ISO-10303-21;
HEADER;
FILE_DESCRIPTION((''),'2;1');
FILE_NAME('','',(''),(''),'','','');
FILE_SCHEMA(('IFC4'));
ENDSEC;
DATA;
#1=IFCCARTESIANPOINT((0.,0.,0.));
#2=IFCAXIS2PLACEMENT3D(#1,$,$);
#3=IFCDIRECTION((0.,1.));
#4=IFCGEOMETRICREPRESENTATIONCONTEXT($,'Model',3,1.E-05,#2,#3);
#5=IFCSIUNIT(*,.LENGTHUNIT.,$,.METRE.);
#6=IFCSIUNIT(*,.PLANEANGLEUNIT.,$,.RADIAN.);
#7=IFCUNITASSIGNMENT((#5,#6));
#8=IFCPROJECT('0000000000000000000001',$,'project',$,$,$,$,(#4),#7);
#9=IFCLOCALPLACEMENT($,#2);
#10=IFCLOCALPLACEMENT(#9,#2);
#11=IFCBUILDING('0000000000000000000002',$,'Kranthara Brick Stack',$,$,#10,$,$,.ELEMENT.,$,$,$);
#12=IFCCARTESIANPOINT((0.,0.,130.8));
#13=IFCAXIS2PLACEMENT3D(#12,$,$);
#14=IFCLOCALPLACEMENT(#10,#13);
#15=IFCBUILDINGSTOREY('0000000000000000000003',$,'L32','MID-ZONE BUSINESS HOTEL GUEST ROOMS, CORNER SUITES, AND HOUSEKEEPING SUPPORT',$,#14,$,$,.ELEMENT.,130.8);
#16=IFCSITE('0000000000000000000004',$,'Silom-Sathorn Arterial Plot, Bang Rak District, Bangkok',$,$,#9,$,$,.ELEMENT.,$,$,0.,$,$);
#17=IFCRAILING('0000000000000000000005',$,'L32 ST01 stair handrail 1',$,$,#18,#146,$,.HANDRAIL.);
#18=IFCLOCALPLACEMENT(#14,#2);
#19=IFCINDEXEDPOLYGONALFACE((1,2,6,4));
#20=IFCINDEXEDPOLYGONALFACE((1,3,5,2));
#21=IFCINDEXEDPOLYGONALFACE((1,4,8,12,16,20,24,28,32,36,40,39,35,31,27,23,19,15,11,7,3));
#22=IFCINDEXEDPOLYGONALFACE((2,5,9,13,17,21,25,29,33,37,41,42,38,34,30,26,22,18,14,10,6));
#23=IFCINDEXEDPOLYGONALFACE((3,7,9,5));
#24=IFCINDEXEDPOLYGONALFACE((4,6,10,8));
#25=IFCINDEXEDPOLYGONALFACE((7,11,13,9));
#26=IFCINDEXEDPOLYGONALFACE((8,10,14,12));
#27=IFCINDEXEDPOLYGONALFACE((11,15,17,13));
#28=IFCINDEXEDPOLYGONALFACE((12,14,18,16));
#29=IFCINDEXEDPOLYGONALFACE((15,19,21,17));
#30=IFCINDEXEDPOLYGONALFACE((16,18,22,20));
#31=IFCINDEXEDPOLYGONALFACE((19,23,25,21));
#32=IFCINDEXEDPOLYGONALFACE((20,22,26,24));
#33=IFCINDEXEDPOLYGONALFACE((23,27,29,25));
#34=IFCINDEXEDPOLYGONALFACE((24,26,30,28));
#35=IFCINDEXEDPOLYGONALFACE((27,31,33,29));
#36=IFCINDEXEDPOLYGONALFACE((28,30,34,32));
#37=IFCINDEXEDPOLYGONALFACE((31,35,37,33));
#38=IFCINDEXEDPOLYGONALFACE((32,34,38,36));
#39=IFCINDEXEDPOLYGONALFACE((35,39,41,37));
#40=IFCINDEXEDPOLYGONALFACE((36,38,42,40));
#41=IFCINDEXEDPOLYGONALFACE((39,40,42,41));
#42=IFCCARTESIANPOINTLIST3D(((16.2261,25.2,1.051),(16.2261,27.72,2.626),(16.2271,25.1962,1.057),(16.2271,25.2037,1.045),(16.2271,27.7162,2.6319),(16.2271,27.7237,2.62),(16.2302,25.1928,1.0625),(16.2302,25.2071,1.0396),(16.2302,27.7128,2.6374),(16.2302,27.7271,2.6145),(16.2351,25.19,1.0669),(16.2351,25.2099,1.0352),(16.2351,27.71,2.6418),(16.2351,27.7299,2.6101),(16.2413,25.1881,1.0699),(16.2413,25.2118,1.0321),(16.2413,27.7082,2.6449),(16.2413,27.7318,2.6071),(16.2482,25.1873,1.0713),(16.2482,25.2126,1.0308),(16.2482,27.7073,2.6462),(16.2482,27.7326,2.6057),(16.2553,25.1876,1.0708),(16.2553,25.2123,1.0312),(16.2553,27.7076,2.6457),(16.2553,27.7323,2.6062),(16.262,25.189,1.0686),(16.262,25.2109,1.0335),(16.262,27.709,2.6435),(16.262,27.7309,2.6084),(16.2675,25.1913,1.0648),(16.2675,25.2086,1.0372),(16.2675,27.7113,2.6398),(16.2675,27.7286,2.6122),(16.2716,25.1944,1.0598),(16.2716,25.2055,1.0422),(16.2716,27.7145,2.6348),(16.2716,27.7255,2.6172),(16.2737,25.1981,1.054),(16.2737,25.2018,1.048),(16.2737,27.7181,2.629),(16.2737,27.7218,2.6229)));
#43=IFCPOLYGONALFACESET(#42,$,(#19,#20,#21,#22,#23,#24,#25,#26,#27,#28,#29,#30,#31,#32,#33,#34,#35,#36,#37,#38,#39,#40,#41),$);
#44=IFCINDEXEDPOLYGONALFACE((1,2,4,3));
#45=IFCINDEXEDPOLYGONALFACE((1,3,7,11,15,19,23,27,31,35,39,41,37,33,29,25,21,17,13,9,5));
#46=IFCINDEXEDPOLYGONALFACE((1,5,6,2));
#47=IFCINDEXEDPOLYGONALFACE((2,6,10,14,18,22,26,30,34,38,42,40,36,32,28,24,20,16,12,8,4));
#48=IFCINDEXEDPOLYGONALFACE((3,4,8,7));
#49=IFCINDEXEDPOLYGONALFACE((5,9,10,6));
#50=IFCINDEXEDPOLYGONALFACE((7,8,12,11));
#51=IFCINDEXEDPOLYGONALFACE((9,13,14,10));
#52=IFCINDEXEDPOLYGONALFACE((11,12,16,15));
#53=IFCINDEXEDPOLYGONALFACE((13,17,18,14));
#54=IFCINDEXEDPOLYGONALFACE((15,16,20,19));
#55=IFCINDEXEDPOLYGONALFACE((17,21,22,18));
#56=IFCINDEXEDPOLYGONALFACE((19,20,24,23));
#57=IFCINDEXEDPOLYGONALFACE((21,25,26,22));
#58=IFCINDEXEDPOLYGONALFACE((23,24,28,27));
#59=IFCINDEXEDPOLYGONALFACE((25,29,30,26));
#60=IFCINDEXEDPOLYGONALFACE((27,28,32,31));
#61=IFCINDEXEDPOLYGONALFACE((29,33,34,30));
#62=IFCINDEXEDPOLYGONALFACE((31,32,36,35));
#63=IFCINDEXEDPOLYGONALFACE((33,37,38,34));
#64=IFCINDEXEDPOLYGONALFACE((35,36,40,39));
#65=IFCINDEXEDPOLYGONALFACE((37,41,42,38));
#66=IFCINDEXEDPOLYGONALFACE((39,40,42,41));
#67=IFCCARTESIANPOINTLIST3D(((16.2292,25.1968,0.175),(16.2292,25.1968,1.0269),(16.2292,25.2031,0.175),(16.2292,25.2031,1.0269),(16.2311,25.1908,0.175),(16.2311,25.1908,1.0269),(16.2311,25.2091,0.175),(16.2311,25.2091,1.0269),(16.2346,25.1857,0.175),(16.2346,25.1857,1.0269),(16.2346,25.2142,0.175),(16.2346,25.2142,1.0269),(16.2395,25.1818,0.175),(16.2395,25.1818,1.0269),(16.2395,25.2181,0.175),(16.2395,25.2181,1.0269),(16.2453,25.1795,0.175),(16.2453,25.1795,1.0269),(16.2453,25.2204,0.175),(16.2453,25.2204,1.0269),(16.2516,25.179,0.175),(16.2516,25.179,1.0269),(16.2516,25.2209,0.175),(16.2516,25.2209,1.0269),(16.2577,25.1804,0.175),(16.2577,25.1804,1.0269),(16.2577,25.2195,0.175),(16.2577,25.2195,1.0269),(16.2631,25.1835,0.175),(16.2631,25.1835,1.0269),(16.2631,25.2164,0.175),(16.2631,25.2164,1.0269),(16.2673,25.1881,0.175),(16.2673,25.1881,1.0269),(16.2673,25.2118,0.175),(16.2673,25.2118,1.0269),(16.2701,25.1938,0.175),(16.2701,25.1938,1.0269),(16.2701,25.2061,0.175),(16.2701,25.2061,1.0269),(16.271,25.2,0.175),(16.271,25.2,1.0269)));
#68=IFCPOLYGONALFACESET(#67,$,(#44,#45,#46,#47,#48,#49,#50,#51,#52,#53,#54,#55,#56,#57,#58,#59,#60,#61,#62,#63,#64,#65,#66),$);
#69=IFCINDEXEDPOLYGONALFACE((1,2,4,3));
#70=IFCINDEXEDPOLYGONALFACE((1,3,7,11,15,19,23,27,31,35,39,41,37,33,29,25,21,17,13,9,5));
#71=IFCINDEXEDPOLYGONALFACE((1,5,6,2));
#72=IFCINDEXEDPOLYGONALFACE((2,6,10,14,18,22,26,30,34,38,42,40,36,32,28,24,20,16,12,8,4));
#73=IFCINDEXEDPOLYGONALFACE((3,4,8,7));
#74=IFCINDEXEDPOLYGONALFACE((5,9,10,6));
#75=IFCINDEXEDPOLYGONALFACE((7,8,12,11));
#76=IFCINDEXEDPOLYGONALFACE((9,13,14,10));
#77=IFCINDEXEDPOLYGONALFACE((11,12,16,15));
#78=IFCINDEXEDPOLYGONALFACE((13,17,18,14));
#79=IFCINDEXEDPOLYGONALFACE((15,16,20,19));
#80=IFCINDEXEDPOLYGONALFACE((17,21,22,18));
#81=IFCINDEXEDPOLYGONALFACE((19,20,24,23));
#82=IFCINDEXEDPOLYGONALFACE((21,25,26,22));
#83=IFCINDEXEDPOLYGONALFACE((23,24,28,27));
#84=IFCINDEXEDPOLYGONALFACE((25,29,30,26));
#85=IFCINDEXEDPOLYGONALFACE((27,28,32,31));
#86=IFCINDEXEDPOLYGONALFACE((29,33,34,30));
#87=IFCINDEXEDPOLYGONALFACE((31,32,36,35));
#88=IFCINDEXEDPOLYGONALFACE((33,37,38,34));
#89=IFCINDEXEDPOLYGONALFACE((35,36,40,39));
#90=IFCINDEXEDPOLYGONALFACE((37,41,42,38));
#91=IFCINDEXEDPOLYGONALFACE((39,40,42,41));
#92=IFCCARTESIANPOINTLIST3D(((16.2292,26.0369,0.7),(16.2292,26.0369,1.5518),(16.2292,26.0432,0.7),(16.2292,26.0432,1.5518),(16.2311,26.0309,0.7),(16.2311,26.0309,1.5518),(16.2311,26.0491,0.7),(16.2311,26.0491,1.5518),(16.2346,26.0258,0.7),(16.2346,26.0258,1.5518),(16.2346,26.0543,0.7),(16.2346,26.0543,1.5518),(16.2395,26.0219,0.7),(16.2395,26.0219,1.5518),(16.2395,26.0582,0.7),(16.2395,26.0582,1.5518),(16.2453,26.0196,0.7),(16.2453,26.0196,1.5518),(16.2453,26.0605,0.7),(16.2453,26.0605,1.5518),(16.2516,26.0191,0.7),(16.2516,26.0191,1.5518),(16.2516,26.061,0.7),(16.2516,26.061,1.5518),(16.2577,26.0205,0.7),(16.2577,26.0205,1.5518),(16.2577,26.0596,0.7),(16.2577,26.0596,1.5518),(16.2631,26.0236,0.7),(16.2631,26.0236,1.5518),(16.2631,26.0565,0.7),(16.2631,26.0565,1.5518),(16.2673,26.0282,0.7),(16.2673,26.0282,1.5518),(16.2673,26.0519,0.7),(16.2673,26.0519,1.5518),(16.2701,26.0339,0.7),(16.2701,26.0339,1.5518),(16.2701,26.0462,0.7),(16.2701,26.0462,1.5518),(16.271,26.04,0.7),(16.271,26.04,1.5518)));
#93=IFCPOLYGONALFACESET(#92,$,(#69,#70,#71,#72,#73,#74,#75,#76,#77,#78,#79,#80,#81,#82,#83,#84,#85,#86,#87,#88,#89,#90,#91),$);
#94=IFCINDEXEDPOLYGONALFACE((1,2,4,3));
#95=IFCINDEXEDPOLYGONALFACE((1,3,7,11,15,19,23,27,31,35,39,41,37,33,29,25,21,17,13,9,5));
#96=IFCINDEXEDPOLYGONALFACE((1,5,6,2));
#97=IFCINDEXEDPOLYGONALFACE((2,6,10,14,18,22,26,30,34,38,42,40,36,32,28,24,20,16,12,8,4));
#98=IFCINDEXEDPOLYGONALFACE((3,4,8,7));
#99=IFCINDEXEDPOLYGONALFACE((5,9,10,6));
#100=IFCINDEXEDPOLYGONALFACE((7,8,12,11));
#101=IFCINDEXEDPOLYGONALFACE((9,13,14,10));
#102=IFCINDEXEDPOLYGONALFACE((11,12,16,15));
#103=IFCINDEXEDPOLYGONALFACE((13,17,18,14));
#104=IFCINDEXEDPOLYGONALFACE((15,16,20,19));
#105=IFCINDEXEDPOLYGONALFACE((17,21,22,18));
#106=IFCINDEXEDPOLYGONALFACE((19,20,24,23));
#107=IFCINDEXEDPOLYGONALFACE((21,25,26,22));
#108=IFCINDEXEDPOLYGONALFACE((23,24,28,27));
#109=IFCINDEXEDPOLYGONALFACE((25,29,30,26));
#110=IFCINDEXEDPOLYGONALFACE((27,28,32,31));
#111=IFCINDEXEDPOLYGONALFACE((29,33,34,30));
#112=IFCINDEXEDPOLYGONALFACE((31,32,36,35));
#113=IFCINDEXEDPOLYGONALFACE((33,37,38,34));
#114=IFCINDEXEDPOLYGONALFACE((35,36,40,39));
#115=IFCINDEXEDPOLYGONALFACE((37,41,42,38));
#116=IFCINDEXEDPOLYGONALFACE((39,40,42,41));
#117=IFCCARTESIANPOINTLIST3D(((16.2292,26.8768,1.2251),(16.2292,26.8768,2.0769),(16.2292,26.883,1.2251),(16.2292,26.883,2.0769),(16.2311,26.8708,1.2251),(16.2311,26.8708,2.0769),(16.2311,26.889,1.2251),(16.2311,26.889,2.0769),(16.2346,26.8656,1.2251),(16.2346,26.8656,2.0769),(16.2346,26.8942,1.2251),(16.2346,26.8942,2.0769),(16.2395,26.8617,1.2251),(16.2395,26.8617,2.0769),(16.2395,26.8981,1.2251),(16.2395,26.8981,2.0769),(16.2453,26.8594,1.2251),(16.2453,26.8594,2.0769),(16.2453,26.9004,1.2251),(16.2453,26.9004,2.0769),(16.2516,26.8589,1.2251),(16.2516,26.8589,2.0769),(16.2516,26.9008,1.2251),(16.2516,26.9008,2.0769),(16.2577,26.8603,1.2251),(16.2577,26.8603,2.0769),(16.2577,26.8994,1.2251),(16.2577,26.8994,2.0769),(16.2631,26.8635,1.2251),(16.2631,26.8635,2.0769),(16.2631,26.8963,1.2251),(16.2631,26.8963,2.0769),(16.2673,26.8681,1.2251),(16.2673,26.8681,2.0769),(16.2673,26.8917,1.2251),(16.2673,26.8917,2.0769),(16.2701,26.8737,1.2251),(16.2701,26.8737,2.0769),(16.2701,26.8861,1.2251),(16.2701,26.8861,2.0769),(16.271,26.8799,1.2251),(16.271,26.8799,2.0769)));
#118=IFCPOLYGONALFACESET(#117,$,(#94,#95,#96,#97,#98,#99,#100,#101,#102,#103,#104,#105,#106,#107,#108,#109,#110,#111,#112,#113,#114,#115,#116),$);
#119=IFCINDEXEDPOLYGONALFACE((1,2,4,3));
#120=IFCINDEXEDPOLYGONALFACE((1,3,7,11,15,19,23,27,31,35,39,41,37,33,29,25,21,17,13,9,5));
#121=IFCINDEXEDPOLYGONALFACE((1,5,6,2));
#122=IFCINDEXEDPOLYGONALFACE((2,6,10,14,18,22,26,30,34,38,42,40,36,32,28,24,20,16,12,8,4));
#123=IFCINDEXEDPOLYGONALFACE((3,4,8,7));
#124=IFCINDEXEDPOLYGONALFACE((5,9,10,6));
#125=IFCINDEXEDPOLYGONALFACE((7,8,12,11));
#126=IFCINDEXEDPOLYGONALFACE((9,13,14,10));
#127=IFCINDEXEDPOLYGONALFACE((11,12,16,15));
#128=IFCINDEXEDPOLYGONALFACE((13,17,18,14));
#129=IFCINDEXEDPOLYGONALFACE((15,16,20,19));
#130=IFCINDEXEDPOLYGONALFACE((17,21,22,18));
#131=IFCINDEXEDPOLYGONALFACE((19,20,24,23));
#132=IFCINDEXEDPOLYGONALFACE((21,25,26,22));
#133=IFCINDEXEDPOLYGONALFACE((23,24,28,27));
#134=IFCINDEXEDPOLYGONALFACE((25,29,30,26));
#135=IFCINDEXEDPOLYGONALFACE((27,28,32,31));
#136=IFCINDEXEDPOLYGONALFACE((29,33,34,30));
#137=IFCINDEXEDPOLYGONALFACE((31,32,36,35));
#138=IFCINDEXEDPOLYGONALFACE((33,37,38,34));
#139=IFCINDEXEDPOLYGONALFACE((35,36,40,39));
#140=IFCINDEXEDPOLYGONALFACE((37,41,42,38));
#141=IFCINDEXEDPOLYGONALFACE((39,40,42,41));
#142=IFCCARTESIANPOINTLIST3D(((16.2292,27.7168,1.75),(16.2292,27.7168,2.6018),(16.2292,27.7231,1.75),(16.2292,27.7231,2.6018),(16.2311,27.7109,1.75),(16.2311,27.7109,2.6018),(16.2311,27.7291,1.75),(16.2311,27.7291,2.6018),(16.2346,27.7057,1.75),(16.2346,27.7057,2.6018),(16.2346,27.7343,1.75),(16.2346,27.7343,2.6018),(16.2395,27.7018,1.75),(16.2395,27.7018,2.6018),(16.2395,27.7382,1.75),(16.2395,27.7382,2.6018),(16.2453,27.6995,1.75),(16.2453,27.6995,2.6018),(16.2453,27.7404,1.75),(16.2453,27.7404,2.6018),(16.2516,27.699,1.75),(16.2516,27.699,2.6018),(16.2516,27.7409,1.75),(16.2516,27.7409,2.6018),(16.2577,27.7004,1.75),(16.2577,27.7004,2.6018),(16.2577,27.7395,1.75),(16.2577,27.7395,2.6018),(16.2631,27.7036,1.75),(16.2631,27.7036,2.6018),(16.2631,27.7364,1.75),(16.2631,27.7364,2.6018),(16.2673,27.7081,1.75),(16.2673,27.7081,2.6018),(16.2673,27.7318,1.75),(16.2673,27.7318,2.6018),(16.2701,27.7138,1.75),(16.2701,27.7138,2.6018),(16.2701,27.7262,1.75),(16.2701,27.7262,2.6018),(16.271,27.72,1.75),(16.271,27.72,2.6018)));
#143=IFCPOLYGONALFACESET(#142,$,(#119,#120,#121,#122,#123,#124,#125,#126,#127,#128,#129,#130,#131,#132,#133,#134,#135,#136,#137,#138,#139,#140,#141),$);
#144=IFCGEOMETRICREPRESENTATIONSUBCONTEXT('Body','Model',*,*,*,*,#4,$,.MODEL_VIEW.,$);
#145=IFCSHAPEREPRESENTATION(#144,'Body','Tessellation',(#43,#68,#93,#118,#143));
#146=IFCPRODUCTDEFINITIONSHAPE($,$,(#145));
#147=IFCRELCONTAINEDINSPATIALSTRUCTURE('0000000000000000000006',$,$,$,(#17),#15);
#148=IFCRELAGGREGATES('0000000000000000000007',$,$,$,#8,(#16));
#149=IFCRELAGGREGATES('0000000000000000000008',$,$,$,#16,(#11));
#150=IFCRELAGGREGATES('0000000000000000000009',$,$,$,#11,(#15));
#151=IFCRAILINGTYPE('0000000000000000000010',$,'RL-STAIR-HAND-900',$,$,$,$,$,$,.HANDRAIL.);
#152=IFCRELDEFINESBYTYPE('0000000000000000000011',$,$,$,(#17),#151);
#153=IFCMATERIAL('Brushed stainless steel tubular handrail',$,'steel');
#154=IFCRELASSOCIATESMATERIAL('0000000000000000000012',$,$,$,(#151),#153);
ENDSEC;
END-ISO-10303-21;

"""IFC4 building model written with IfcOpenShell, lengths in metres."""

from ifc_helpers import new_model, si_unit, direction, frame, origin, origin_2d, place, context, subcontext, project, spatial, circle, extrude, material, type_object, element, save


model = new_model("IFC4")

# Units and contexts
model_context = context("Model", 3, precision=1e-05, world=origin(), true_north=direction((0.0, 1.0)))
body_context = subcontext(model_context, "Body", "Model", "MODEL_VIEW")
ifc_project = project(units=[si_unit("LENGTHUNIT", "METRE"), si_unit("PLANEANGLEUNIT", "RADIAN")], contexts=[model_context])

# Site, building, storey
site_placement = place(None, origin())
site = spatial("IfcSite", under=ifc_project, at=site_placement, Name="Silom-Sathorn Arterial Plot, Bang Rak District, Bangkok", CompositionType="ELEMENT", RefElevation=0.0)
building_placement = place(site_placement, origin())
building = spatial("IfcBuilding", under=site, at=building_placement, Name="Kranthara Brick Stack", CompositionType="ELEMENT")
storey_placement = place(building_placement, frame((0.0, 0.0, 130.8)))
storey = spatial("IfcBuildingStorey", under=building, at=storey_placement, Name="L32", Description="MID-ZONE BUSINESS HOTEL GUEST ROOMS, CORNER SUITES, AND HOUSEKEEPING SUPPORT", CompositionType="ELEMENT", Elevation=130.8)

# Railing
ifc_material_1 = material(Name="Brushed stainless steel tubular handrail", Category="steel")
railing_type_1 = type_object("IfcRailingType", Name="RL-STAIR-HAND-900", PredefinedType="HANDRAIL", material=ifc_material_1)
railing_1_placement = place(storey_placement, frame((16.25, 25.2, 0.175)))
element("IfcRailing", 1, at=railing_1_placement, inside=storey, type_object=railing_type_1, Name="L32 ST01 stair handrail 1", PredefinedType="HANDRAIL", context=body_context, shape_type="SweptSolid", body=[
    extrude(circle(Radius=0.0239, at=origin_2d()), frame((0.0, 0.0, 0.876), z_axis=(0.0, 0.848008, 0.529984), x_axis=(-1.0, 0.0, 0.0)), (0.0, 0.0, 1.0), 2.9717),
    extrude(circle(Radius=0.021, at=origin_2d()), origin(), (0.0, 0.0, 1.0), 0.8518),
    extrude(circle(Radius=0.021, at=origin_2d()), frame((0.0, 0.8401, 0.5249)), (0.0, 0.0, 1.0), 0.8518),
    extrude(circle(Radius=0.021, at=origin_2d()), frame((0.0, 1.6799, 1.05)), (0.0, 0.0, 1.0), 0.8518),
    extrude(circle(Radius=0.021, at=origin_2d()), frame((0.0, 2.52, 1.575)), (0.0, 0.0, 1.0), 0.8518),
])

save(model, "model.ifc")
